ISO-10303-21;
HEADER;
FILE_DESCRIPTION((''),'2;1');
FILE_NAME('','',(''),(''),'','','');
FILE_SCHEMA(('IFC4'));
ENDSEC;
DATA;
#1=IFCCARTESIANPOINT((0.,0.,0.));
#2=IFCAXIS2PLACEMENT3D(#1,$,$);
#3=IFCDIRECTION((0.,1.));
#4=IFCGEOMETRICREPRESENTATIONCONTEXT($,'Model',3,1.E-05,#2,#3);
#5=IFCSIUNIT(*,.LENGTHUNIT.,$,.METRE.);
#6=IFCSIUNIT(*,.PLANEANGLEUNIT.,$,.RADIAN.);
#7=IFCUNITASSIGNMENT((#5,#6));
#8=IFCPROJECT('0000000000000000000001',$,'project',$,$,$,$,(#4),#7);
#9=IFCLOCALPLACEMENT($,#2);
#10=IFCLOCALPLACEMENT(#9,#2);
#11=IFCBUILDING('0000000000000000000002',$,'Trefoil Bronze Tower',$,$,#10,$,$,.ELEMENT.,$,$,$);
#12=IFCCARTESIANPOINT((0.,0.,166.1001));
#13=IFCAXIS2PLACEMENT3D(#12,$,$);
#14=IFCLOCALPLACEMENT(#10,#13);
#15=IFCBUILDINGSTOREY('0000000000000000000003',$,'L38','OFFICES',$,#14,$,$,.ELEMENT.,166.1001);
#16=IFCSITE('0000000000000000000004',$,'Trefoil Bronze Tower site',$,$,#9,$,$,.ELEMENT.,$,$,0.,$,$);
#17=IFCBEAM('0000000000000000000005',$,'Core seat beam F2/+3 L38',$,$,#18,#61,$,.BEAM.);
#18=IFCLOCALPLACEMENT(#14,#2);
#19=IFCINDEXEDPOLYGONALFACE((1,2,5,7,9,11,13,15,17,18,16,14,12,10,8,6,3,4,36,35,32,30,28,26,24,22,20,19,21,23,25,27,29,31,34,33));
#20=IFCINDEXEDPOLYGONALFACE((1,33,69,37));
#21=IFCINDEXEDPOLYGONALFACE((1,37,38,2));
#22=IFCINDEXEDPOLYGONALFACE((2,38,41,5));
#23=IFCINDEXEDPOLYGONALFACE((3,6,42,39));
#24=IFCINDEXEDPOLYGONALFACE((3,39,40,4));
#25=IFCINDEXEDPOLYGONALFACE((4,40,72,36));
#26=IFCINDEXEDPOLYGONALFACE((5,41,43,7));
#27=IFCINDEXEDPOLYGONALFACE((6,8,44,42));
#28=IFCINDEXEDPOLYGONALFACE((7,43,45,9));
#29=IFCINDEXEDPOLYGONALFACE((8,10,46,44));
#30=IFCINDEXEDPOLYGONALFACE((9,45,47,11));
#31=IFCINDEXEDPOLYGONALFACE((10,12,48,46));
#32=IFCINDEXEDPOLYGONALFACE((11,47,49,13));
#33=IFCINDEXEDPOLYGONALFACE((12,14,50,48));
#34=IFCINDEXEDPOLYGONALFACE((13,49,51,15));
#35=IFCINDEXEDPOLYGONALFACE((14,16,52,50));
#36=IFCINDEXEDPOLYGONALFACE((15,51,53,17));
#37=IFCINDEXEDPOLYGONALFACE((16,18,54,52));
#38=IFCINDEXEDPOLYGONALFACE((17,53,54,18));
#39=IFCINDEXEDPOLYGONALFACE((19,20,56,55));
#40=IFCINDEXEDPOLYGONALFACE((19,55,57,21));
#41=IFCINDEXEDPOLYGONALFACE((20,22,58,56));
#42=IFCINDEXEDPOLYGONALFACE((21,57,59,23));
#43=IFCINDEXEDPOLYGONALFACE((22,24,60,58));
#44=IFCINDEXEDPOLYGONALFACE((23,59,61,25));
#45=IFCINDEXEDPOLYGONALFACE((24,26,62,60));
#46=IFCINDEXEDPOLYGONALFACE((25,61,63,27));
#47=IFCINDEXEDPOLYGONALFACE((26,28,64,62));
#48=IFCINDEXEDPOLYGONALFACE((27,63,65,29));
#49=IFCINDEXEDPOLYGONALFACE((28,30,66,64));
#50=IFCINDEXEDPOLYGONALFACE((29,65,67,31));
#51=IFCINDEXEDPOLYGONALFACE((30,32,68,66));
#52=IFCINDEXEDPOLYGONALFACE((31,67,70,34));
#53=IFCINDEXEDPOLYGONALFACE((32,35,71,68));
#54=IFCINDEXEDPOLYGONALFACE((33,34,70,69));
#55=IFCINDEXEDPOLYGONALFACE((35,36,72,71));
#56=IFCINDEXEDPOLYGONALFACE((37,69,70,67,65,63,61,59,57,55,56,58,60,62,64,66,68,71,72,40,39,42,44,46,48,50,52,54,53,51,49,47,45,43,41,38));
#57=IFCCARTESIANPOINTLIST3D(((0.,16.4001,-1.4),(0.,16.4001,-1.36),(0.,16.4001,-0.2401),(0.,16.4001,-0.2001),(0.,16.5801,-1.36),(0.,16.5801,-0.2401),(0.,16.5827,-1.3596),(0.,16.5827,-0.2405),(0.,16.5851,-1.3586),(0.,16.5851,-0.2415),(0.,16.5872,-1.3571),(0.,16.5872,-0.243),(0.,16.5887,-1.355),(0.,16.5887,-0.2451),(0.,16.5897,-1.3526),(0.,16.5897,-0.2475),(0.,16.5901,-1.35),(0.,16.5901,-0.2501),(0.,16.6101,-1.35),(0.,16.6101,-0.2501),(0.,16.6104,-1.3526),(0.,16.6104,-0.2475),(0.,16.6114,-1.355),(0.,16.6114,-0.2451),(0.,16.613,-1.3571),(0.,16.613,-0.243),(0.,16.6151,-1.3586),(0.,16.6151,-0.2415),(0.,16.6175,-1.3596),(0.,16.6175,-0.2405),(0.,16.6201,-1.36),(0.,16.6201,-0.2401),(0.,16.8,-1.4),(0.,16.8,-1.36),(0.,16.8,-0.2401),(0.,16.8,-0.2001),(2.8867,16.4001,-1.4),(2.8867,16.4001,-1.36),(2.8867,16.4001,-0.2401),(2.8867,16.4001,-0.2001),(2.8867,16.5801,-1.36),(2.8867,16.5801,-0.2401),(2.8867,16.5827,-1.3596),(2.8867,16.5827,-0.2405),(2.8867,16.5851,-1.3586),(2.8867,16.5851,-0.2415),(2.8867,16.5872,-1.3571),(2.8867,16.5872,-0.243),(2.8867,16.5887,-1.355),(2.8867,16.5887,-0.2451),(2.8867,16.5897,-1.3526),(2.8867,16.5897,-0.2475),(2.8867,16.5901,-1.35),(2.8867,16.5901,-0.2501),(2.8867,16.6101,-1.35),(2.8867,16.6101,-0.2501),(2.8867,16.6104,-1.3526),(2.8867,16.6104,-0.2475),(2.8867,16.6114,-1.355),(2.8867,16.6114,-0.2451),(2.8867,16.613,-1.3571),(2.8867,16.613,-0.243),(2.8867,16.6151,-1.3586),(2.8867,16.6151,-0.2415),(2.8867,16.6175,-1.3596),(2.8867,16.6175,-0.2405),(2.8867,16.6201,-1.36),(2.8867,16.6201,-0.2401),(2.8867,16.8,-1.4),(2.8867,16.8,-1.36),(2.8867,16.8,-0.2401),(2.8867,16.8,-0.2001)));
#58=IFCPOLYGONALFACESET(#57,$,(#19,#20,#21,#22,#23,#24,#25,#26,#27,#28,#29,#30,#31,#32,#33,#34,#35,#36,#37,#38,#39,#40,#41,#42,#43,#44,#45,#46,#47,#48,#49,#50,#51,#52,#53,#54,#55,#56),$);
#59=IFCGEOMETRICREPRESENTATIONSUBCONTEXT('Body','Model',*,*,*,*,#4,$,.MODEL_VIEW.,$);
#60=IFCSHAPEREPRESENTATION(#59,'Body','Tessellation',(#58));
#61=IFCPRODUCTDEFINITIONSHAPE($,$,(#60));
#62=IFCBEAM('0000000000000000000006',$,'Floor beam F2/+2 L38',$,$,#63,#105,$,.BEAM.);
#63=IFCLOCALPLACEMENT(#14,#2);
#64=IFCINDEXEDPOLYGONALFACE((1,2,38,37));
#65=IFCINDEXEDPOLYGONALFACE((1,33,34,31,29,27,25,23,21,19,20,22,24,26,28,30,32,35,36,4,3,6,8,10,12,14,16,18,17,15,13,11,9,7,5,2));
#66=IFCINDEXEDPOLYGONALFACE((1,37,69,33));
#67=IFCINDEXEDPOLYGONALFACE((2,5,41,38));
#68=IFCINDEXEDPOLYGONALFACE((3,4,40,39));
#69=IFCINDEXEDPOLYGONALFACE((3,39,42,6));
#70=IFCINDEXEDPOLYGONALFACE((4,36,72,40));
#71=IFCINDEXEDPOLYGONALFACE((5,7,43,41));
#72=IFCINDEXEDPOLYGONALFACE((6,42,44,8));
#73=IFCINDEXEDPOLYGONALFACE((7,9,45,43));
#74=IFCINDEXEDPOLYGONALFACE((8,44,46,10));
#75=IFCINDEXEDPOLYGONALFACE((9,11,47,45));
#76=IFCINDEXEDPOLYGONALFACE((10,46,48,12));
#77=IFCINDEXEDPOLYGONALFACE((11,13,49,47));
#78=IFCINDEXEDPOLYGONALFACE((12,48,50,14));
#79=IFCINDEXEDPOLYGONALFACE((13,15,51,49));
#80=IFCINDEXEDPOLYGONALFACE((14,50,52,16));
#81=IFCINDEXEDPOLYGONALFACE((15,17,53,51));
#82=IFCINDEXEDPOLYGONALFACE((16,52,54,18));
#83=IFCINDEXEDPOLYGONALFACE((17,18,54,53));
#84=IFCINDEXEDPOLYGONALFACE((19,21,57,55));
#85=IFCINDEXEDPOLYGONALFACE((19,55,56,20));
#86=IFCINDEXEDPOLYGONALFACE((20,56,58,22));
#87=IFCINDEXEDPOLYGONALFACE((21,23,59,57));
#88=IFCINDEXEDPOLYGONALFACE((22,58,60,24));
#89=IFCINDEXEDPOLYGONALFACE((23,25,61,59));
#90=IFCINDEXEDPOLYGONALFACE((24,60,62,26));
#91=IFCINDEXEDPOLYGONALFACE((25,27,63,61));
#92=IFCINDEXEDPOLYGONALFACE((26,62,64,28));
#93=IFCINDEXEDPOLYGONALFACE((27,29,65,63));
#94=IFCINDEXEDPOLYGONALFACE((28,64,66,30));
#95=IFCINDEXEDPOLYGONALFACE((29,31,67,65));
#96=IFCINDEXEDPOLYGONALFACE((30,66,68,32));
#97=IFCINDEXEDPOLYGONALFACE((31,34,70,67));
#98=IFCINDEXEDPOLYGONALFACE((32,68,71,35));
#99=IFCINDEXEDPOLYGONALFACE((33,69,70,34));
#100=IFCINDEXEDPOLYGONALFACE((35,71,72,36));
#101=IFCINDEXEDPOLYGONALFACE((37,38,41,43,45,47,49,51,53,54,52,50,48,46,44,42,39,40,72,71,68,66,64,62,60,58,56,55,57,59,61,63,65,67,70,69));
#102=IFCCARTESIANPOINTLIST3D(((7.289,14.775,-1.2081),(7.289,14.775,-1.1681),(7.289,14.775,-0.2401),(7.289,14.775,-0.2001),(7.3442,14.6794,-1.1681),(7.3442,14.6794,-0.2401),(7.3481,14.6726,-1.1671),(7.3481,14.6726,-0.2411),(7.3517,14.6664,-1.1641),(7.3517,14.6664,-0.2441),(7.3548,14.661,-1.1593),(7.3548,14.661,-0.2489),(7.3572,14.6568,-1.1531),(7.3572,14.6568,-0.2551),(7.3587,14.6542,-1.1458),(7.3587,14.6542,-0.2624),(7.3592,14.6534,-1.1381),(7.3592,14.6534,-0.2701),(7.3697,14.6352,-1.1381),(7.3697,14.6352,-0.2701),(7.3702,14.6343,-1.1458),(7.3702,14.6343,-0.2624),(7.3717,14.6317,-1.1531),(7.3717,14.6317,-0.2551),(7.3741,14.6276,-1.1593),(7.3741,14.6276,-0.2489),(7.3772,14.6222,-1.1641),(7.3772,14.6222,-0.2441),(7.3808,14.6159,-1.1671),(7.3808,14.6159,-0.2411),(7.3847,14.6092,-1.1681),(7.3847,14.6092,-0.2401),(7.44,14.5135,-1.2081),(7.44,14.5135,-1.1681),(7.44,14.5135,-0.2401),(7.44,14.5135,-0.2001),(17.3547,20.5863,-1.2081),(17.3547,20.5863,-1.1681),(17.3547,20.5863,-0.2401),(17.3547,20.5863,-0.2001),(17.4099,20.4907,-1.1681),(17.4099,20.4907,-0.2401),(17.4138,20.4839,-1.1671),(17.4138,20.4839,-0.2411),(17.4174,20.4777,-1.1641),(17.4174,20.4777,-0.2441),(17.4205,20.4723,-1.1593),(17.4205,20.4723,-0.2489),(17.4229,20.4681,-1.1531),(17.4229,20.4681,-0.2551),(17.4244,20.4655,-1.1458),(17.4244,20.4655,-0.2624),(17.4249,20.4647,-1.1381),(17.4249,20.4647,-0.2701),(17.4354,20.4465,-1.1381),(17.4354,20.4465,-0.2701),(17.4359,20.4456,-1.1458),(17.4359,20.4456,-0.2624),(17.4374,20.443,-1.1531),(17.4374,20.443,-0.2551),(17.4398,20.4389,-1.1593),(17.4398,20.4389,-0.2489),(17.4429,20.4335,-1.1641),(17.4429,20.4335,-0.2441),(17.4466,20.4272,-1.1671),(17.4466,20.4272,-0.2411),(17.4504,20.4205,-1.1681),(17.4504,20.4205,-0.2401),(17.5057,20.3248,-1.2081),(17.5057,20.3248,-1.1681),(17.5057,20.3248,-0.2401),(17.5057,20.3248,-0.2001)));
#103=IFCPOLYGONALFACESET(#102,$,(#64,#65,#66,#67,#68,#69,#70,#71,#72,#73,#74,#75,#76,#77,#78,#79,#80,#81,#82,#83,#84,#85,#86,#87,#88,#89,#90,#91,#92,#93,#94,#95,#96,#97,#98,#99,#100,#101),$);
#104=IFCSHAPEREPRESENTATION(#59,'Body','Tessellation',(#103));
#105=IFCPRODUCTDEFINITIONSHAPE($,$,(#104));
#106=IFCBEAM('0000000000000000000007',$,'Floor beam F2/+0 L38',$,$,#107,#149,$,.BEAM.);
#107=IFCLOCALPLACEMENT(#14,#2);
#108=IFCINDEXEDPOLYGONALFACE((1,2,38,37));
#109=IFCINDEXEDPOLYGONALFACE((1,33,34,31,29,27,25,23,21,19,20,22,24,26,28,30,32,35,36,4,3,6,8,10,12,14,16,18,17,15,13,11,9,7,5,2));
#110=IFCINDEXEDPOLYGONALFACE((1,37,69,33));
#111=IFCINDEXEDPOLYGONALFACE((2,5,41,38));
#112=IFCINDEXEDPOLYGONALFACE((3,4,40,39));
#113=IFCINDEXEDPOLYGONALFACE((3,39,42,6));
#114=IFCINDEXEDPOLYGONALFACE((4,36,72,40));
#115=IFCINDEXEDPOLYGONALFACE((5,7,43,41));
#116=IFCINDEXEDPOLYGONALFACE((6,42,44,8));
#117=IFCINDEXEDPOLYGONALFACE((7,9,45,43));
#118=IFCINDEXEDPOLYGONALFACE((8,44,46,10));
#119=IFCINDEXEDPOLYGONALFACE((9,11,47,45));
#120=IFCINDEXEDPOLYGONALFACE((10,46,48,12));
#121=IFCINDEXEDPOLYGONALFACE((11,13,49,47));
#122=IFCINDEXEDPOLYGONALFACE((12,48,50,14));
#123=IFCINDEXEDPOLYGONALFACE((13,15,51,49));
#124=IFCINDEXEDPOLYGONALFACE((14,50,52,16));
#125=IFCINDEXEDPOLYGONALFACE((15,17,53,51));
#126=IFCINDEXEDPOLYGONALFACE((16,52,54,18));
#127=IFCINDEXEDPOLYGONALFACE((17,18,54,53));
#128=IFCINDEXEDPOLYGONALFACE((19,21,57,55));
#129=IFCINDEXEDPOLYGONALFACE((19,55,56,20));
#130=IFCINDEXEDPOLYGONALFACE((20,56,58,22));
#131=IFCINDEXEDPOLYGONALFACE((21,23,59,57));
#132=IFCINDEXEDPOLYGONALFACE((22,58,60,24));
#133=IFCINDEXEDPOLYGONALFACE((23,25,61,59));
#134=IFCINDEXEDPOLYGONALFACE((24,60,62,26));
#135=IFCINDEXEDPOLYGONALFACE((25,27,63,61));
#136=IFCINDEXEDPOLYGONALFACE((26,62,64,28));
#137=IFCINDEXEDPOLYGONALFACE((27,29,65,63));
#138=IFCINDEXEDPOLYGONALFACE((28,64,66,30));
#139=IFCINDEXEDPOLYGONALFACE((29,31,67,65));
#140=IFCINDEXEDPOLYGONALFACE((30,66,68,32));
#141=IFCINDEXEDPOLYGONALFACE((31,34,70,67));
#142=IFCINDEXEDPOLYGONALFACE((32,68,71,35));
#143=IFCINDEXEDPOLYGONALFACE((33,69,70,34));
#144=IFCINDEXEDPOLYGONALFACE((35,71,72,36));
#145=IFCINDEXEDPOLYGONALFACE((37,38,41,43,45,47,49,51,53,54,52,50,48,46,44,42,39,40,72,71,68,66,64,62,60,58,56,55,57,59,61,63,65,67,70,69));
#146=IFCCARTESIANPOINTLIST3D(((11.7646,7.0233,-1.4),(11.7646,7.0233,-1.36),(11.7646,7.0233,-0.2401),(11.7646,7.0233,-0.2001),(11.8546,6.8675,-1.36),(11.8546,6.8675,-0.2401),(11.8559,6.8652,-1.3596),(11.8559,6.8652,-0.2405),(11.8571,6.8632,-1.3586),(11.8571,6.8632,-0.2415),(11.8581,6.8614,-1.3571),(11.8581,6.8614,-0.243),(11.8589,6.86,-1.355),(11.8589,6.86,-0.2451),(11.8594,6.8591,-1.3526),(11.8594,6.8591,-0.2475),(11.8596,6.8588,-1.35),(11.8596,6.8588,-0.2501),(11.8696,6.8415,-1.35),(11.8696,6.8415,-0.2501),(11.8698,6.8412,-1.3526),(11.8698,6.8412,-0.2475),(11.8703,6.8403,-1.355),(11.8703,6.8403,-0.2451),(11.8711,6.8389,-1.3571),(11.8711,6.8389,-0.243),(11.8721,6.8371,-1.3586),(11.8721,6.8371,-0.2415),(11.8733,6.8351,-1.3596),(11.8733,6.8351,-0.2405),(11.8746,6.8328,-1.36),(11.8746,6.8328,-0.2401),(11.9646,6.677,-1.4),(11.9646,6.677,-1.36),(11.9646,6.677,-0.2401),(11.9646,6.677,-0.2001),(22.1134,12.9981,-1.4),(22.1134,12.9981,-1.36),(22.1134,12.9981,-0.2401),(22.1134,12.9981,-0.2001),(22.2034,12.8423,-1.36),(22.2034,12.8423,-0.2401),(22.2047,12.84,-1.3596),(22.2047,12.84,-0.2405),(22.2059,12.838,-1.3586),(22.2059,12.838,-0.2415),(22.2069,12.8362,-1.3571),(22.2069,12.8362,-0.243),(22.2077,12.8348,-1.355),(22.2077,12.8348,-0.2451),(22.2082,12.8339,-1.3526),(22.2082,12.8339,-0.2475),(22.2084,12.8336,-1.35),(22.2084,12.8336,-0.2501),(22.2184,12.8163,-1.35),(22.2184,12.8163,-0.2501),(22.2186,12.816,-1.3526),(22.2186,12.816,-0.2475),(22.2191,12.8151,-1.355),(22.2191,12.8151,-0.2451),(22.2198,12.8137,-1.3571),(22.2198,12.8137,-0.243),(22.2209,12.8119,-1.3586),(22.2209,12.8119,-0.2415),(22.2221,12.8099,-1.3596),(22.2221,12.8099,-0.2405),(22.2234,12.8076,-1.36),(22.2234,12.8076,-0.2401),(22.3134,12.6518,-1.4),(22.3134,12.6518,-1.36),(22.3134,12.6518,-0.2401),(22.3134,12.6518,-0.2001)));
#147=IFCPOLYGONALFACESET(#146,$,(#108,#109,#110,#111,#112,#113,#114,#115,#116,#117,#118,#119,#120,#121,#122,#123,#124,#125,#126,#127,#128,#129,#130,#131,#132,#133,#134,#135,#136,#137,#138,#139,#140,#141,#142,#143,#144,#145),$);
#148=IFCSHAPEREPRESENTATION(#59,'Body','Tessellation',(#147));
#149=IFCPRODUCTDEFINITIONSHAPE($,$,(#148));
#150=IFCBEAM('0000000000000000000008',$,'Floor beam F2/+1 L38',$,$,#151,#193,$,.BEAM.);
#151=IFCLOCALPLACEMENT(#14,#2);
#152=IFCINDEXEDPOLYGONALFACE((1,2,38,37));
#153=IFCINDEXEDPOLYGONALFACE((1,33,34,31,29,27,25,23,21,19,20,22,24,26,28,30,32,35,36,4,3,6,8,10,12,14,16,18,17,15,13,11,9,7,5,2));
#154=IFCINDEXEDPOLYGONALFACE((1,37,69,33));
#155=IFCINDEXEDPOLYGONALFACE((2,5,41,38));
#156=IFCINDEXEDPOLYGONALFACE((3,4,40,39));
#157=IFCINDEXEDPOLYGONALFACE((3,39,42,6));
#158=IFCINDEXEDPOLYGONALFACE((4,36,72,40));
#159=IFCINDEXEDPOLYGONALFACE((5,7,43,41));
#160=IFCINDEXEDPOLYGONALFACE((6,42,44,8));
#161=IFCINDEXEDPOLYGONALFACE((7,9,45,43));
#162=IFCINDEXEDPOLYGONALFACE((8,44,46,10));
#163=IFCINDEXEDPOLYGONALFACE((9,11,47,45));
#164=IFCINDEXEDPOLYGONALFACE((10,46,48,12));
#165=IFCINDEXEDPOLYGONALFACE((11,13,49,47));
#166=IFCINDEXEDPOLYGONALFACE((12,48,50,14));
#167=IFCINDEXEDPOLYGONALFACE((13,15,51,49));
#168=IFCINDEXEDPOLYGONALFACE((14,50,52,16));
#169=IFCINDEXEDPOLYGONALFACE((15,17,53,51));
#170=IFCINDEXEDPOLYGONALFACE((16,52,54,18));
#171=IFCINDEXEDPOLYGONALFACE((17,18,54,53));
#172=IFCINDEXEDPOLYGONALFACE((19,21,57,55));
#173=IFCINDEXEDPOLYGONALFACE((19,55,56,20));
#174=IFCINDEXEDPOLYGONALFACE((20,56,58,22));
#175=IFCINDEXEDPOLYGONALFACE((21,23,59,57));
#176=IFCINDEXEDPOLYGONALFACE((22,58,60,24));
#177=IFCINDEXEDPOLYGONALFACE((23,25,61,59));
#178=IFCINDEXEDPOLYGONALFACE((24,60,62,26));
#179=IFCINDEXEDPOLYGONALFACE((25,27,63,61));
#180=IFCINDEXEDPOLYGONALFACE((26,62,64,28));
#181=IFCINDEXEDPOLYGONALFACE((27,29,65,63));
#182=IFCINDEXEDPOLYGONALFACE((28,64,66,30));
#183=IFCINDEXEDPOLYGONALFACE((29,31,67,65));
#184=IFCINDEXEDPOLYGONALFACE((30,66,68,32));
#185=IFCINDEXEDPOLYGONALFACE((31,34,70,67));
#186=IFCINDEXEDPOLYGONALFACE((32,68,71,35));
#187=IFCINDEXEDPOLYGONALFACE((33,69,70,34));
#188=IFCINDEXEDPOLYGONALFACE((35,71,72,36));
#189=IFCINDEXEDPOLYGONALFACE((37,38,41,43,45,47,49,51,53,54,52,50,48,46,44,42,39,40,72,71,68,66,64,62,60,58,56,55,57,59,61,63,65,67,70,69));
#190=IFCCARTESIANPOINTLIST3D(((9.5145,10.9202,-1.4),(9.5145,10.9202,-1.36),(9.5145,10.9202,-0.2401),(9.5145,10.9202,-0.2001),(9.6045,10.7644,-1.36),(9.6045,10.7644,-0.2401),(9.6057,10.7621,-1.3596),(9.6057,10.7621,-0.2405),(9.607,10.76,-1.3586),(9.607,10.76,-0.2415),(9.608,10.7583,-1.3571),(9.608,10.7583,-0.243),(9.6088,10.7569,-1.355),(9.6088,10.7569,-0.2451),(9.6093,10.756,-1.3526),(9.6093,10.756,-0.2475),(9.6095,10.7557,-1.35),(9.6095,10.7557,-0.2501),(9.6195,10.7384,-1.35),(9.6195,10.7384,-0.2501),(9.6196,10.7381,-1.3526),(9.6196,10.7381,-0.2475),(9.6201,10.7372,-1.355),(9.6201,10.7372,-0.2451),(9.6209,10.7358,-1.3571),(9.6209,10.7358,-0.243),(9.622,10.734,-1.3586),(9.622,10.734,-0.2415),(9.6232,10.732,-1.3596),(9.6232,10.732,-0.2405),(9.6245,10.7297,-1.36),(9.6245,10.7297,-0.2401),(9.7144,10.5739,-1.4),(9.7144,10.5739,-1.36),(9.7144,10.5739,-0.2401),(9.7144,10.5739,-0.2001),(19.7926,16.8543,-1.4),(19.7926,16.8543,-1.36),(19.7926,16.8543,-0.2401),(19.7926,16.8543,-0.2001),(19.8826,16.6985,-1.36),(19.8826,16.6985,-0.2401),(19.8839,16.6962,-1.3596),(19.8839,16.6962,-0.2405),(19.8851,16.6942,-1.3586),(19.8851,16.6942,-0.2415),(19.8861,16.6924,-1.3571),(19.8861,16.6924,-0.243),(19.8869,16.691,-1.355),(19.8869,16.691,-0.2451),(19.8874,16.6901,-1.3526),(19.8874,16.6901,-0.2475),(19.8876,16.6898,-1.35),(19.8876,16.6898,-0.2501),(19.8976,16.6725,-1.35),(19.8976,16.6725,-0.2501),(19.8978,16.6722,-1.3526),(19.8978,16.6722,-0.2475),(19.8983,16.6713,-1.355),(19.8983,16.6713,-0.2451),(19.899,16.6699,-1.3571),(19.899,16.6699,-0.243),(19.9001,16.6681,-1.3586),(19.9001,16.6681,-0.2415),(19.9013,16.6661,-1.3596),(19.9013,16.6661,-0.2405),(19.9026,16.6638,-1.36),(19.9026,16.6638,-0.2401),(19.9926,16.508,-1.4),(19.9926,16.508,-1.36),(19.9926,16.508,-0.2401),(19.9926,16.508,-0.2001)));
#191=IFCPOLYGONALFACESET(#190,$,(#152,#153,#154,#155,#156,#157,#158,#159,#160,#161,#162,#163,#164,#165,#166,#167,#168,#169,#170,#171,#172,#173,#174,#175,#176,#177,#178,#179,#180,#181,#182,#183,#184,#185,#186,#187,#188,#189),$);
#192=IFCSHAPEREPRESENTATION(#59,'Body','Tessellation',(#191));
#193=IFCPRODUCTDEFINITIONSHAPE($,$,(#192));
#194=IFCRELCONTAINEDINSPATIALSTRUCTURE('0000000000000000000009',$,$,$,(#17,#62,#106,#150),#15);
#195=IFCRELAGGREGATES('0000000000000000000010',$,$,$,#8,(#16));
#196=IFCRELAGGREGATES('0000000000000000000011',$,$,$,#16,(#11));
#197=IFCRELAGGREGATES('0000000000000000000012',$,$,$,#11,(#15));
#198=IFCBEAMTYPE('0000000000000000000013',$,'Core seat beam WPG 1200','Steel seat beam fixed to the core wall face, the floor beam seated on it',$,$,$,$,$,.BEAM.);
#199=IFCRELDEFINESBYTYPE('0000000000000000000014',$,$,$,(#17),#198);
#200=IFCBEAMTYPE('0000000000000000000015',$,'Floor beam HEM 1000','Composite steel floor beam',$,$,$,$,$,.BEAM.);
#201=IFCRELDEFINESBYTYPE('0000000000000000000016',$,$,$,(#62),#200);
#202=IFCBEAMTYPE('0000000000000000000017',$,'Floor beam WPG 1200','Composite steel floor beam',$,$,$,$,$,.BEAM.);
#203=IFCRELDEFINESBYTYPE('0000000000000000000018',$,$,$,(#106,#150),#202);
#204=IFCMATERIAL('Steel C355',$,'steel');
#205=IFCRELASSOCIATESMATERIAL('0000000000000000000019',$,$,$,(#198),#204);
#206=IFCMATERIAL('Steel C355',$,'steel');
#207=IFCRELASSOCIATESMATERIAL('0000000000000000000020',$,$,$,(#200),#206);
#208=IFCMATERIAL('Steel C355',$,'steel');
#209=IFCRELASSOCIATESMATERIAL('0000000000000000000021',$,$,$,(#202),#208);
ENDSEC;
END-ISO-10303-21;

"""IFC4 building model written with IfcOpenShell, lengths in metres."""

from ifc_helpers import new_model, si_unit, direction, frame, origin, origin_2d, place, context, subcontext, project, spatial, i_section, extrude, material, material_profile, profile_set, type_object, element, save


model = new_model("IFC4")

# Units and contexts
model_context = context("Model", 3, precision=1e-05, world=origin(), true_north=direction((0.0, 1.0)))
body_context = subcontext(model_context, "Body", "Model", "MODEL_VIEW")
ifc_project = project(units=[si_unit("LENGTHUNIT", "METRE"), si_unit("PLANEANGLEUNIT", "RADIAN")], contexts=[model_context])

# Site, building, storey
site_placement = place(None, origin())
site = spatial("IfcSite", under=ifc_project, at=site_placement, Name="Trefoil Bronze Tower site", CompositionType="ELEMENT", RefElevation=0.0)
building_placement = place(site_placement, origin())
building = spatial("IfcBuilding", under=site, at=building_placement, Name="Trefoil Bronze Tower", CompositionType="ELEMENT")
storey_placement = place(building_placement, frame((0.0, 0.0, 166.1001)))
storey = spatial("IfcBuildingStorey", under=building, at=storey_placement, Name="L38", Description="OFFICES", CompositionType="ELEMENT", Elevation=166.1001)

# Beams
ifc_material_1 = material(Name="Steel C355", Category="steel")
ifc_material_profile_1 = material_profile(ifc_material_1, i_section(OverallWidth=0.3999, OverallDepth=1.2, WebThickness=0.02, FlangeThickness=0.04, FilletRadius=0.01, at=origin_2d()), Name="WPG 1200")
ifc_profile_set_1 = profile_set([ifc_material_profile_1], Name="Steel C355")
beam_type_1 = type_object("IfcBeamType", Name="Core seat beam WPG 1200", Description="Steel seat beam fixed to the core wall face, the floor beam seated on it", PredefinedType="BEAM", material=ifc_profile_set_1)
beam_1_placement = place(storey_placement, frame((2.8867, 16.6001, -0.8), z_axis=(-1.0, 0.0, 0.0), x_axis=(0.0, -1.0, 0.0)))
element("IfcBeam", 1, at=beam_1_placement, inside=storey, type_object=beam_type_1, Name="Core seat beam F2/+3 L38", PredefinedType="BEAM", context=body_context, shape_type="SweptSolid", body=[
    extrude(i_section(OverallWidth=0.3999, OverallDepth=1.2, WebThickness=0.02, FlangeThickness=0.04, FilletRadius=0.01, at=origin_2d()), origin(), (0.0, 0.0, 1.0), 2.8867),
])
ifc_material_2 = material(Name="Steel C355", Category="steel")
ifc_material_profile_2 = material_profile(ifc_material_2, i_section(OverallWidth=0.302, OverallDepth=1.0081, WebThickness=0.021, FlangeThickness=0.04, FilletRadius=0.03, at=origin_2d()), Name="HEM 1000")
ifc_profile_set_2 = profile_set([ifc_material_profile_2], Name="Steel C355")
beam_type_2 = type_object("IfcBeamType", Name="Floor beam HEM 1000", Description="Composite steel floor beam", PredefinedType="BEAM", material=ifc_profile_set_2)
beam_2_placement = place(storey_placement, frame((17.4302, 20.4556, -0.7041), z_axis=(-0.866031, -0.499991, 0.0), x_axis=(0.499991, -0.866031, 0.0)))
element("IfcBeam", 2, at=beam_2_placement, inside=storey, type_object=beam_type_2, Name="Floor beam F2/+2 L38", PredefinedType="BEAM", context=body_context, shape_type="SweptSolid", body=[
    extrude(i_section(OverallWidth=0.302, OverallDepth=1.0081, WebThickness=0.021, FlangeThickness=0.04, FilletRadius=0.03, at=origin_2d()), origin(), (0.0, 0.0, 1.0), 11.6228),
])
ifc_material_3 = material(Name="Steel C355", Category="steel")
ifc_material_profile_3 = material_profile(ifc_material_3, i_section(OverallWidth=0.3999, OverallDepth=1.2, WebThickness=0.02, FlangeThickness=0.04, FilletRadius=0.01, at=origin_2d()), Name="WPG 1200")
ifc_profile_set_3 = profile_set([ifc_material_profile_3], Name="Steel C355")
beam_type_3 = type_object("IfcBeamType", Name="Floor beam WPG 1200", Description="Composite steel floor beam", PredefinedType="BEAM", material=ifc_profile_set_3)
beam_3_placement = place(storey_placement, frame((22.2134, 12.825, -0.8), z_axis=(-0.866028, -0.499995, 0.0), x_axis=(0.499995, -0.866028, 0.0)))
element("IfcBeam", 3, at=beam_3_placement, inside=storey, type_object=beam_type_3, Name="Floor beam F2/+0 L38", PredefinedType="BEAM", context=body_context, shape_type="SweptSolid", body=[
    extrude(i_section(OverallWidth=0.3999, OverallDepth=1.2, WebThickness=0.02, FlangeThickness=0.04, FilletRadius=0.01, at=origin_2d()), origin(), (0.0, 0.0, 1.0), 11.9497),
])
beam_4_placement = place(storey_placement, frame((19.8926, 16.6812, -0.8), z_axis=(-0.866024, -0.500002, 0.0), x_axis=(0.500002, -0.866024, 0.0)))
element("IfcBeam", 4, at=beam_4_placement, inside=storey, type_object=beam_type_3, Name="Floor beam F2/+1 L38", PredefinedType="BEAM", context=body_context, shape_type="SweptSolid", body=[
    extrude(i_section(OverallWidth=0.3999, OverallDepth=1.2, WebThickness=0.02, FlangeThickness=0.04, FilletRadius=0.01, at=origin_2d()), origin(), (0.0, 0.0, 1.0), 11.8682),
])

save(model, "model.ifc")
